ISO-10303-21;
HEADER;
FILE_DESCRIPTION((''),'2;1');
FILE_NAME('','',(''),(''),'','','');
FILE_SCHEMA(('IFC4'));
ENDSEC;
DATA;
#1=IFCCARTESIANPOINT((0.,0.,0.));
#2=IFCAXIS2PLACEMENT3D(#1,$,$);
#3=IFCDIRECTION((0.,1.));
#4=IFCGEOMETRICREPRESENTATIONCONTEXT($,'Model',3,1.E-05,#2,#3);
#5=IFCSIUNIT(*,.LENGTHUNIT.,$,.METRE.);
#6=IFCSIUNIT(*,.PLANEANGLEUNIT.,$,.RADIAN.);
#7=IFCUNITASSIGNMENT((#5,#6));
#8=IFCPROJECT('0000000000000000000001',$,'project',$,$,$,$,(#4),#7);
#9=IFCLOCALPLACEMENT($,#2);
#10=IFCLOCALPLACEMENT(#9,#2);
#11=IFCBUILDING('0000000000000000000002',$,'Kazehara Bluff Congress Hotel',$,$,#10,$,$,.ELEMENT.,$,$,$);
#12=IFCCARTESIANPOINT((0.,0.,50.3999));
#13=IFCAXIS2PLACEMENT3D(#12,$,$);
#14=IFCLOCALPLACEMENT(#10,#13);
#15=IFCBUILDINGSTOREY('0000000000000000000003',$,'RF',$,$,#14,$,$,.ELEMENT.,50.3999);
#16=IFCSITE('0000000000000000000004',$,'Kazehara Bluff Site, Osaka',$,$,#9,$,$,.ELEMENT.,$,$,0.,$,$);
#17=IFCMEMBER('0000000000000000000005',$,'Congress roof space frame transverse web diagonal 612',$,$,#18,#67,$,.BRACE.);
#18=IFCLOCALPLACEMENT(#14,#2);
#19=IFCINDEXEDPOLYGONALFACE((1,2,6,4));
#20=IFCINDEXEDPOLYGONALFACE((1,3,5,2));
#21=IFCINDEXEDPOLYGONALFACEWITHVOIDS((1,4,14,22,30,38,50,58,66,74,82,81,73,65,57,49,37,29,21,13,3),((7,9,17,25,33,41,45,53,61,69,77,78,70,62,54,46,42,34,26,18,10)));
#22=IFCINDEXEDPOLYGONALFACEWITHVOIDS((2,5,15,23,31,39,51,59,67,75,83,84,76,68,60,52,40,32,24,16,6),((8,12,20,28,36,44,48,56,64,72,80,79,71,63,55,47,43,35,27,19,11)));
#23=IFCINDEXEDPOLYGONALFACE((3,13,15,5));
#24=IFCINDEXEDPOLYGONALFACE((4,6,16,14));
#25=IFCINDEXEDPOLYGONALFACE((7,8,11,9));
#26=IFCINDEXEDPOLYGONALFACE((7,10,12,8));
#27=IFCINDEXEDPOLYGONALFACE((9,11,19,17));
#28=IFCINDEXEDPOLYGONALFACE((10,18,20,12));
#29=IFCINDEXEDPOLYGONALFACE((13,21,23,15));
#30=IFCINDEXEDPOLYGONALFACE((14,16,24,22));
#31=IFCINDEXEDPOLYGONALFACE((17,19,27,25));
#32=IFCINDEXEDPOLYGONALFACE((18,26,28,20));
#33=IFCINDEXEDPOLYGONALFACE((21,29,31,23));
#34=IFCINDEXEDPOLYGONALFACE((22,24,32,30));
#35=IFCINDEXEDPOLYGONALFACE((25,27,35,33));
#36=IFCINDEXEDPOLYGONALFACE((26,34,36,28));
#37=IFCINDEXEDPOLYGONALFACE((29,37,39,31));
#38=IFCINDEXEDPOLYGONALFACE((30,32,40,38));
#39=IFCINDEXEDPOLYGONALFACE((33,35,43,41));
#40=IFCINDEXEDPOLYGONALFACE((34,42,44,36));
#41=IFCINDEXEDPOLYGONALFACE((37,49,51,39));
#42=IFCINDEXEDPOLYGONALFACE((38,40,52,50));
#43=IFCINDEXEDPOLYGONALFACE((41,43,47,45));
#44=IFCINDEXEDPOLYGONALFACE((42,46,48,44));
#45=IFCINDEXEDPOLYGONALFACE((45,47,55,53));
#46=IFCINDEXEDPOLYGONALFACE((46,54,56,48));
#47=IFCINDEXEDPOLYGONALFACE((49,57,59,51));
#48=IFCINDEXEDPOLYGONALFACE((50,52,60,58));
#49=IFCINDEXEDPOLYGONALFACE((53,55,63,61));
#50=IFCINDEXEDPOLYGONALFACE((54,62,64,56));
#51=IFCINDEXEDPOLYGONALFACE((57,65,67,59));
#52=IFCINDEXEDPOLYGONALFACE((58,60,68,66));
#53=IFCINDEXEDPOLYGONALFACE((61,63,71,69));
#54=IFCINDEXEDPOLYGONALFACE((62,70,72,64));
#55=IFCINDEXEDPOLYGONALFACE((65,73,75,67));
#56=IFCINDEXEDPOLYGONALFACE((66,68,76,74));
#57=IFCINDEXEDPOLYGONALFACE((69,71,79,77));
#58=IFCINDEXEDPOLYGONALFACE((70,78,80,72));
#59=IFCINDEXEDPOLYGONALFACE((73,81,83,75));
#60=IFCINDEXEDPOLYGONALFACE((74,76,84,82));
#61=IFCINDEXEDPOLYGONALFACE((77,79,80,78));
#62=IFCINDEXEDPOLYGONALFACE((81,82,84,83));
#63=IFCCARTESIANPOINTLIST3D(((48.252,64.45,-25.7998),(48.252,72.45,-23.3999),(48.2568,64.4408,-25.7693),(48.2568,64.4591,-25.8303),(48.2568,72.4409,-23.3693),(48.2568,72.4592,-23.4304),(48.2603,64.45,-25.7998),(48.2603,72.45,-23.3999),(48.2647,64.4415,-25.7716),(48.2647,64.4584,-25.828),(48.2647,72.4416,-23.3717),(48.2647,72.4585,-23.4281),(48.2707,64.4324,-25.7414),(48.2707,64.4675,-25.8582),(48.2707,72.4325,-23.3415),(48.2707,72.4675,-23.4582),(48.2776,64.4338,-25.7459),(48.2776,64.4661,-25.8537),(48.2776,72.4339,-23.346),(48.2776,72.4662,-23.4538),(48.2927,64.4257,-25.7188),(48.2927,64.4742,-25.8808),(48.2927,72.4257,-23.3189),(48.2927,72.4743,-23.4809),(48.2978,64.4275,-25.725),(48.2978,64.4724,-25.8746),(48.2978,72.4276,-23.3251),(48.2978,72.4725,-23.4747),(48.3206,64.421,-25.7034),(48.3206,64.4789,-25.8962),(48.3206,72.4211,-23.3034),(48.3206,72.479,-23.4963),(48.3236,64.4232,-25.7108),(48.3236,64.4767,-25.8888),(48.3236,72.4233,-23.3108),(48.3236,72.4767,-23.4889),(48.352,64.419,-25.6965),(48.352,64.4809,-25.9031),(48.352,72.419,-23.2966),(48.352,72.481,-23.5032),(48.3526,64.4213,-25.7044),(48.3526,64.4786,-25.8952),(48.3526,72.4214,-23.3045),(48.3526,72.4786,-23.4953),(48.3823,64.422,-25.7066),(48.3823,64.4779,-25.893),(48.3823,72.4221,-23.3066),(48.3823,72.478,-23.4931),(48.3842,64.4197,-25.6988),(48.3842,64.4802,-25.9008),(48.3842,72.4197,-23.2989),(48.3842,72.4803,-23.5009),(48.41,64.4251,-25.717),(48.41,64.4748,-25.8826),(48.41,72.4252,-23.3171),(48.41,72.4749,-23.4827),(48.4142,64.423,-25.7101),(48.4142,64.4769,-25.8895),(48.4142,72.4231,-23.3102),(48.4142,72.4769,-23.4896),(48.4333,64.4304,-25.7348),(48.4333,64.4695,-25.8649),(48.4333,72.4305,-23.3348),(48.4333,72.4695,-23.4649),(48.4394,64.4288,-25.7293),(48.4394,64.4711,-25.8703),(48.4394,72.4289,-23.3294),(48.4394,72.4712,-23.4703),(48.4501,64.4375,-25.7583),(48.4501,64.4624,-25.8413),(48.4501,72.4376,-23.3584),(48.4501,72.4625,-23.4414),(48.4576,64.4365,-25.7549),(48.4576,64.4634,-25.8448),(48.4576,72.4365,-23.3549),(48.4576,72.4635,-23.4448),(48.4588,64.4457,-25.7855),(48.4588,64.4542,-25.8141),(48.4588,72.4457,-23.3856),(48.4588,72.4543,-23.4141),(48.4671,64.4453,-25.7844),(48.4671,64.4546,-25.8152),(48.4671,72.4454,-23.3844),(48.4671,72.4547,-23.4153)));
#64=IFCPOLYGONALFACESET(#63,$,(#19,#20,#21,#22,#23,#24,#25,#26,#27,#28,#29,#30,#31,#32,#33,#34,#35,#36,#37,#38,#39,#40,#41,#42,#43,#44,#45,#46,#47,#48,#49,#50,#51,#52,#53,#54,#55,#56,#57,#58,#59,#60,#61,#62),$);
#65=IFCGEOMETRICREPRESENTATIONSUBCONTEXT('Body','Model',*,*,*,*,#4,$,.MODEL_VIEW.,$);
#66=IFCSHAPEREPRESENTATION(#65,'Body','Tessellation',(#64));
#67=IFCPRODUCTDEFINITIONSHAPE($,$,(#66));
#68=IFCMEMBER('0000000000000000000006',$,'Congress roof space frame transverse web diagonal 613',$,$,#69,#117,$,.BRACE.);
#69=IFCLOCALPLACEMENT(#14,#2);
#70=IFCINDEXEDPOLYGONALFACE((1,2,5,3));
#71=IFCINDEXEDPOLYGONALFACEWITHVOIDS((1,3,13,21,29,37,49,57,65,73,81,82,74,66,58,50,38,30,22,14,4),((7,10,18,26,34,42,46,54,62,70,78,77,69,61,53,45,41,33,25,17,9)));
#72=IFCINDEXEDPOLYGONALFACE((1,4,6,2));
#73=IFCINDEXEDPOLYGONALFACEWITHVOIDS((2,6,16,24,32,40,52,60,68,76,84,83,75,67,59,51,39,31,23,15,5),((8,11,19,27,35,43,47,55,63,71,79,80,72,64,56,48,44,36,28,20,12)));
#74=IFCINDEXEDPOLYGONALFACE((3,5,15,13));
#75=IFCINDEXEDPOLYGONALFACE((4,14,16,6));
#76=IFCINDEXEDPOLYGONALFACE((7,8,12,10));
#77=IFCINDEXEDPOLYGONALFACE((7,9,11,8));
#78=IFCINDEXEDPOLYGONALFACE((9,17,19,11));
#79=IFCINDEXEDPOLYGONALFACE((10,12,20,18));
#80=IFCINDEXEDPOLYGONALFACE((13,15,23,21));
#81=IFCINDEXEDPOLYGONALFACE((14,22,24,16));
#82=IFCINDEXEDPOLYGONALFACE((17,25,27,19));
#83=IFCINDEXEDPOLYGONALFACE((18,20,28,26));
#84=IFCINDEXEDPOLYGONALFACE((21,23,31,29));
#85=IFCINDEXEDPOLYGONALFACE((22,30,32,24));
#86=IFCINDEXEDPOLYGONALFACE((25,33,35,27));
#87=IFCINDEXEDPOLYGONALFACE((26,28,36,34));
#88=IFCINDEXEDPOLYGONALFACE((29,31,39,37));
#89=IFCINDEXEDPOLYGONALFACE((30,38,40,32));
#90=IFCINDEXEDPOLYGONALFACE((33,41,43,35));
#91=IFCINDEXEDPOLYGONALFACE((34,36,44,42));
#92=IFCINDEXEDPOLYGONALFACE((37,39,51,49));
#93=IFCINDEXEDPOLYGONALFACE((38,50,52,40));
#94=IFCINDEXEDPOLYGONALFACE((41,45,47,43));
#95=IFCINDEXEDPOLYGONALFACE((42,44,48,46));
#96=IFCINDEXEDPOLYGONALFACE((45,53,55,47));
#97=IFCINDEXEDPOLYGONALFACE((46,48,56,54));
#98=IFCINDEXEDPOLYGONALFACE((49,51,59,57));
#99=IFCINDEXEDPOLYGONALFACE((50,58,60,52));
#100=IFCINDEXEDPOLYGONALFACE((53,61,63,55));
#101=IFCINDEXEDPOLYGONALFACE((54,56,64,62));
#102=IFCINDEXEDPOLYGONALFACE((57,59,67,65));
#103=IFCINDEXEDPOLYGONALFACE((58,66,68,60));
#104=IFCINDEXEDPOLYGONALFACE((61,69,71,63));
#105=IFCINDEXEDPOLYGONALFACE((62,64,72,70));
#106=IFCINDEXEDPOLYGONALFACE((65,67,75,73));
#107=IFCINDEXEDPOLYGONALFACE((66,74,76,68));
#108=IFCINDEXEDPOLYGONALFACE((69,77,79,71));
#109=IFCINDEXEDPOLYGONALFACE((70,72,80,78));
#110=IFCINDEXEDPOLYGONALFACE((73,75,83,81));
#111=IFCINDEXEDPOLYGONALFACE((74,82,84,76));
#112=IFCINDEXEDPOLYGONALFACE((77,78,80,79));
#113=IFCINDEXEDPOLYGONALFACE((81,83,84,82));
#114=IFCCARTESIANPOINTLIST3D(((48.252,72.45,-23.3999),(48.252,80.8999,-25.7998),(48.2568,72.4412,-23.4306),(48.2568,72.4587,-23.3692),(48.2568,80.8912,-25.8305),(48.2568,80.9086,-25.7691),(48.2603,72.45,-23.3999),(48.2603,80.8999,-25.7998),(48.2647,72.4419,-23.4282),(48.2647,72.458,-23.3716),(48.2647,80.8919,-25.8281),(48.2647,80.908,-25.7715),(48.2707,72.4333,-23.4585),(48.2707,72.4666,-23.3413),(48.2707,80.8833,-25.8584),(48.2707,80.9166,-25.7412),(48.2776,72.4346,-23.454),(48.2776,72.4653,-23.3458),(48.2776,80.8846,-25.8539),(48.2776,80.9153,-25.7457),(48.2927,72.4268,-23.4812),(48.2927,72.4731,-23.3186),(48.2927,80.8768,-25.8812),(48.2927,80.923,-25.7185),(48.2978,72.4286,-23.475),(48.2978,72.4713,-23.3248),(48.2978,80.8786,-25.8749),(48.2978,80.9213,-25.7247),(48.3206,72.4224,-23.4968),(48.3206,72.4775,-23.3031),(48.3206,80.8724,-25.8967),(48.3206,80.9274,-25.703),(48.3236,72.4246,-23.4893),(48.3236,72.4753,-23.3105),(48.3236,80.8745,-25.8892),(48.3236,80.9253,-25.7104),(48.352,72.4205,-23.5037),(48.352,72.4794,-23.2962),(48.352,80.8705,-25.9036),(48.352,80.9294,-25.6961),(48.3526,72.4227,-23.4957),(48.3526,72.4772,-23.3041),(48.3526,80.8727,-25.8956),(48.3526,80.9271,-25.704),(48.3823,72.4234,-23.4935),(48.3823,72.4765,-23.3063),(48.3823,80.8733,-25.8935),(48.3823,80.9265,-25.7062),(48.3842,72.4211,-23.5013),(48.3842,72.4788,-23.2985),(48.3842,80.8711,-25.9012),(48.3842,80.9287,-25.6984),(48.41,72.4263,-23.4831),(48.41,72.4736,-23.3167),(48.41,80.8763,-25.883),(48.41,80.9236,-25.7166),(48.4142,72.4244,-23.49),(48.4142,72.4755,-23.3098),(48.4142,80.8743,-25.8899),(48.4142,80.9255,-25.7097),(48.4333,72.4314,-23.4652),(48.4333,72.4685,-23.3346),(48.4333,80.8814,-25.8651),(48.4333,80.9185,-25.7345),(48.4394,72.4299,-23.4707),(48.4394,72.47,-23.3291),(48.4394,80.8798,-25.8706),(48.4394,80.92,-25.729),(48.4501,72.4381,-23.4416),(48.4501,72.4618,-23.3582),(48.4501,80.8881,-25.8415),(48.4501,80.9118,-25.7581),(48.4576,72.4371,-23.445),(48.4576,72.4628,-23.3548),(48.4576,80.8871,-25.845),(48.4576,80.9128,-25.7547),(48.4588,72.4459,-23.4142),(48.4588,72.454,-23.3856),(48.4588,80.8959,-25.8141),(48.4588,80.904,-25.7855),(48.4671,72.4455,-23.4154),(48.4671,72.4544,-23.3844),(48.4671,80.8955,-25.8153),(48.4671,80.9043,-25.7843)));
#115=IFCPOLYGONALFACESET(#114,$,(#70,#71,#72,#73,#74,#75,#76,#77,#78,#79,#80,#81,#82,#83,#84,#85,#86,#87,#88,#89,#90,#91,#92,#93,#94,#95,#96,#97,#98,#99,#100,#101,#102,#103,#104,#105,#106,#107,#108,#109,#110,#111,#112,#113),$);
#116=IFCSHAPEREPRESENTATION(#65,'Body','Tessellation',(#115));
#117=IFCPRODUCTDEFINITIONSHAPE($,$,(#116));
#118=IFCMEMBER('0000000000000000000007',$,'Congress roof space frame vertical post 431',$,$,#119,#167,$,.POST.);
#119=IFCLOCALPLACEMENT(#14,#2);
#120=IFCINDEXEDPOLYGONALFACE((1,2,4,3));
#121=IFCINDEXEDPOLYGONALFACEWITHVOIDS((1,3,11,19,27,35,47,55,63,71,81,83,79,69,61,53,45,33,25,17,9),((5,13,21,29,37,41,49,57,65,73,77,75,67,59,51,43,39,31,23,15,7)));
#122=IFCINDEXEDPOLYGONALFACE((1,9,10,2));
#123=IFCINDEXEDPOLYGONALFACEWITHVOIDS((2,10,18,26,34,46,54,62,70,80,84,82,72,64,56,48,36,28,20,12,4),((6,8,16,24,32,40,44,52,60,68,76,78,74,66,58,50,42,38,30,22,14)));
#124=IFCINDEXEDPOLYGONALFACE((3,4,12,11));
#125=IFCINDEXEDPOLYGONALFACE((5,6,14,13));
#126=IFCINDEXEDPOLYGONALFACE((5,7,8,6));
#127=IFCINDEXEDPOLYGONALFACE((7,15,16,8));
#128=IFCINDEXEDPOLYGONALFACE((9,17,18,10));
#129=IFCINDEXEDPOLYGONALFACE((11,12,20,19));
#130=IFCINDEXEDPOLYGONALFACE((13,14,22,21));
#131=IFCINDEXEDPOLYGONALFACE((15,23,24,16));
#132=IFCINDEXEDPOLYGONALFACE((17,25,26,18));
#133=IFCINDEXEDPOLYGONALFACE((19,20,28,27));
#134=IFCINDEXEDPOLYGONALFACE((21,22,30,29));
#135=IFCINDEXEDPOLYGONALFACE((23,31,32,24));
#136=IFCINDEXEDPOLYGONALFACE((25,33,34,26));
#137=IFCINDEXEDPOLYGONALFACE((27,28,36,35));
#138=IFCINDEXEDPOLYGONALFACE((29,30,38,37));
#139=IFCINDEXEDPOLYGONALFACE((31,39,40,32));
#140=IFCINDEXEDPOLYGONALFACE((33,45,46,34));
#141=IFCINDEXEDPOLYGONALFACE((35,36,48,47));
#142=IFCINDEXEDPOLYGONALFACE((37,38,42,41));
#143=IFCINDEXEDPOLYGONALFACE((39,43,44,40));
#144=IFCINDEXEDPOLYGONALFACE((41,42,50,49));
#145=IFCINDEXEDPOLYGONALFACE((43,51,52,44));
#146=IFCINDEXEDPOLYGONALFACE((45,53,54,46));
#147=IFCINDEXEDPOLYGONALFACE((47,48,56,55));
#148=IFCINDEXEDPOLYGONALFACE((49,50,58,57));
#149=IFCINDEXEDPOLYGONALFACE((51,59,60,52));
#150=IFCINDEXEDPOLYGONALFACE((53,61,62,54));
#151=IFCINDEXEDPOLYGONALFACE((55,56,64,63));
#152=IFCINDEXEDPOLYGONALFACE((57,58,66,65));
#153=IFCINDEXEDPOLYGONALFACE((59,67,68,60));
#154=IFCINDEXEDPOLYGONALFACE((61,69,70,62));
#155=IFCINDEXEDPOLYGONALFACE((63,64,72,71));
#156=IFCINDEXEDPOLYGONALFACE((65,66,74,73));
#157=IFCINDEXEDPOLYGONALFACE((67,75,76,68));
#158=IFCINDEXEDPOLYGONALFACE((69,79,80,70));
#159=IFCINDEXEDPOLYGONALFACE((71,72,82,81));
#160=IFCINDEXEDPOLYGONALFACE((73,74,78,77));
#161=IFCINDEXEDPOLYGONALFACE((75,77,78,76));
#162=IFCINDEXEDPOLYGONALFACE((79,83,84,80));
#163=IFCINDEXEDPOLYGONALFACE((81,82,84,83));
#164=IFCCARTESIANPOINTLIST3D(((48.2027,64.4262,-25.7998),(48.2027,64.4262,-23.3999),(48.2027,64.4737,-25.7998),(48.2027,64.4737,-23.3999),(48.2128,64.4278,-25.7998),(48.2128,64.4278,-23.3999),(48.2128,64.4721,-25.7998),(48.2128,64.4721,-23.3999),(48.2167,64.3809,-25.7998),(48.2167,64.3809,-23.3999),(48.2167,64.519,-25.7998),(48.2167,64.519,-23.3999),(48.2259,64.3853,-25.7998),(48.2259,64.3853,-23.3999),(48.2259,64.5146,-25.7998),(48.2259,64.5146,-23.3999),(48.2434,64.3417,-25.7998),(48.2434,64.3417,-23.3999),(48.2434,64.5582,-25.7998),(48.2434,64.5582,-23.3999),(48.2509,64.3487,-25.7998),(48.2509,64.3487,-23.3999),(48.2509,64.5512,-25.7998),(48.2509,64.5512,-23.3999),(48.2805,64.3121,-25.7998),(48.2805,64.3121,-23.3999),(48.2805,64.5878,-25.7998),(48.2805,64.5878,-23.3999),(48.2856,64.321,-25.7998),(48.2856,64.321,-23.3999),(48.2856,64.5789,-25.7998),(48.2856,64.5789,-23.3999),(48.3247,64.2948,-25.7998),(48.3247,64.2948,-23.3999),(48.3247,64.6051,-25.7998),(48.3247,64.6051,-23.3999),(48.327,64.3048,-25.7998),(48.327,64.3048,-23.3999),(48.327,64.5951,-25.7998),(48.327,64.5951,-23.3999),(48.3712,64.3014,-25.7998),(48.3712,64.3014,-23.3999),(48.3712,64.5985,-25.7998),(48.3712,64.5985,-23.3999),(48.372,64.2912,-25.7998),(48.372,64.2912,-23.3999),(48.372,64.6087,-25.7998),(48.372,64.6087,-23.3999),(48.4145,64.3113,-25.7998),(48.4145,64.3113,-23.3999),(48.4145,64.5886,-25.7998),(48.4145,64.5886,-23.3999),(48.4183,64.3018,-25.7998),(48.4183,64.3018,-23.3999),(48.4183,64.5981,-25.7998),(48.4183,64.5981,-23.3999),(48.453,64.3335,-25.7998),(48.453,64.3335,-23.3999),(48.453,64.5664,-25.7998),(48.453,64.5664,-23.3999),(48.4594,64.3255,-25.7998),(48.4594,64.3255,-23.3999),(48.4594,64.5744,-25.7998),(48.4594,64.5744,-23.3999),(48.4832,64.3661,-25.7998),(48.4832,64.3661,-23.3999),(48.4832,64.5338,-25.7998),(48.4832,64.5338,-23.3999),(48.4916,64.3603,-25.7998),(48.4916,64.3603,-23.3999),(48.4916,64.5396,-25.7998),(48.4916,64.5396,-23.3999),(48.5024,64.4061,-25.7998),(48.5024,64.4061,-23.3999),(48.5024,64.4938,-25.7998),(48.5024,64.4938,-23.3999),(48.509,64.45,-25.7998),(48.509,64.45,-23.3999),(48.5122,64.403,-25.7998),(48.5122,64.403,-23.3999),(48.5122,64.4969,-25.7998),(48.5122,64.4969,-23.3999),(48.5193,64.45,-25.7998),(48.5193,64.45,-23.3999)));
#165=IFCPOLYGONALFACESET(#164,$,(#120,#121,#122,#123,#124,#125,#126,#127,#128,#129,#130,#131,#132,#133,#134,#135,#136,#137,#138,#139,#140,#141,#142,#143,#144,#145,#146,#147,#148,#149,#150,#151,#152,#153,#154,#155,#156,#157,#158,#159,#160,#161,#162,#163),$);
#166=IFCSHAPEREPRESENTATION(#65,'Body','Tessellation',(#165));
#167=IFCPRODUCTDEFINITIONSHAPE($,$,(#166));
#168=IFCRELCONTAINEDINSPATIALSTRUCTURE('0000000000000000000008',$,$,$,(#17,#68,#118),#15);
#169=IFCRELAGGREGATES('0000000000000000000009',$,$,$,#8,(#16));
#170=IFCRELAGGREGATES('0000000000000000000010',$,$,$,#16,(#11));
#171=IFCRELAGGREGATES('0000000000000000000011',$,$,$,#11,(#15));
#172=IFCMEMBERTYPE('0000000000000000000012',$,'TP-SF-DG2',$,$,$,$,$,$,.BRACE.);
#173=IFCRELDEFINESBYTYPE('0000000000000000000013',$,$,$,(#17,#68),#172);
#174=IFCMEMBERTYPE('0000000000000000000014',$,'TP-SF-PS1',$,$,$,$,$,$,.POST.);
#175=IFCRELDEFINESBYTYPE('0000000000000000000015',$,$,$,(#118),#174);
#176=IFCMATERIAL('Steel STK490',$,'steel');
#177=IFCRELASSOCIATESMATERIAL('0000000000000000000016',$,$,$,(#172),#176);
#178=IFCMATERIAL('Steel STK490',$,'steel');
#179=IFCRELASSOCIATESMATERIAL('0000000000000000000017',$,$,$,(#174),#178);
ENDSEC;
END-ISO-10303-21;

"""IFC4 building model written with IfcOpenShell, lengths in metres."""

from ifc_helpers import new_model, si_unit, direction, frame, origin, origin_2d, place, context, subcontext, project, spatial, hollow_circle, extrude, material, material_profile, profile_set, type_object, element, save


model = new_model("IFC4")

# Units and contexts
model_context = context("Model", 3, precision=1e-05, world=origin(), true_north=direction((0.0, 1.0)))
body_context = subcontext(model_context, "Body", "Model", "MODEL_VIEW")
ifc_project = project(units=[si_unit("LENGTHUNIT", "METRE"), si_unit("PLANEANGLEUNIT", "RADIAN")], contexts=[model_context])

# Site, building, storey
site_placement = place(None, origin())
site = spatial("IfcSite", under=ifc_project, at=site_placement, Name="Kazehara Bluff Site, Osaka", CompositionType="ELEMENT", RefElevation=0.0)
building_placement = place(site_placement, origin())
building = spatial("IfcBuilding", under=site, at=building_placement, Name="Kazehara Bluff Congress Hotel", CompositionType="ELEMENT")
storey_placement = place(building_placement, frame((0.0, 0.0, 50.3999)))
storey = spatial("IfcBuildingStorey", under=building, at=storey_placement, Name="RF", CompositionType="ELEMENT", Elevation=50.3999)

# Members
ifc_material_1 = material(Name="Steel STK490", Category="steel")
ifc_material_profile_1 = material_profile(ifc_material_1, hollow_circle(Radius=0.1082, WallThickness=0.0083, at=origin_2d()))
ifc_profile_set_1 = profile_set([ifc_material_profile_1], Name="Steel STK490")
member_type_1 = type_object("IfcMemberType", Name="TP-SF-DG2", PredefinedType="BRACE", material=ifc_profile_set_1)
member_1_placement = place(storey_placement, frame((48.3601, 64.45, -25.7998), z_axis=(0.0, 0.95783, 0.287337), x_axis=(-1.0, 0.0, 0.0)))
element("IfcMember", 1, at=member_1_placement, inside=storey, type_object=member_type_1, Name="Congress roof space frame transverse web diagonal 612", PredefinedType="BRACE", context=body_context, shape_type="SweptSolid", body=[
    extrude(hollow_circle(Radius=0.1082, WallThickness=0.0083, at=origin_2d()), origin(), (0.0, 0.0, 1.0), 8.3523),
])
member_2_placement = place(storey_placement, frame((48.3601, 72.45, -23.3999), z_axis=(0.0, 0.961955, -0.273208), x_axis=(-1.0, 0.0, 0.0)))
element("IfcMember", 2, at=member_2_placement, inside=storey, type_object=member_type_1, Name="Congress roof space frame transverse web diagonal 613", PredefinedType="BRACE", context=body_context, shape_type="SweptSolid", body=[
    extrude(hollow_circle(Radius=0.1082, WallThickness=0.0083, at=origin_2d()), origin(), (0.0, 0.0, 1.0), 8.7842),
])
ifc_material_2 = material(Name="Steel STK490", Category="steel")
ifc_material_profile_2 = material_profile(ifc_material_2, hollow_circle(Radius=0.1592, WallThickness=0.0103, at=origin_2d()))
ifc_profile_set_2 = profile_set([ifc_material_profile_2], Name="Steel STK490")
member_type_2 = type_object("IfcMemberType", Name="TP-SF-PS1", PredefinedType="POST", material=ifc_profile_set_2)
for number, where, z_axis, x_axis, name in (
    (3, (48.3601, 64.45, -25.7998), (0.0, 0.0, 1.0), (1.0, 0.0, 0.0), "Congress roof space frame vertical post 431"),
):
    element("IfcMember", number, at=place(storey_placement, frame(where, z_axis=z_axis, x_axis=x_axis)), inside=storey, type_object=member_type_2, Name=name, PredefinedType="POST", context=body_context, shape_type="SweptSolid", body=[
        extrude(hollow_circle(Radius=0.1592, WallThickness=0.0103, at=origin_2d()), origin(), (0.0, 0.0, 1.0), 2.3999),
    ])

save(model, "model.ifc")
